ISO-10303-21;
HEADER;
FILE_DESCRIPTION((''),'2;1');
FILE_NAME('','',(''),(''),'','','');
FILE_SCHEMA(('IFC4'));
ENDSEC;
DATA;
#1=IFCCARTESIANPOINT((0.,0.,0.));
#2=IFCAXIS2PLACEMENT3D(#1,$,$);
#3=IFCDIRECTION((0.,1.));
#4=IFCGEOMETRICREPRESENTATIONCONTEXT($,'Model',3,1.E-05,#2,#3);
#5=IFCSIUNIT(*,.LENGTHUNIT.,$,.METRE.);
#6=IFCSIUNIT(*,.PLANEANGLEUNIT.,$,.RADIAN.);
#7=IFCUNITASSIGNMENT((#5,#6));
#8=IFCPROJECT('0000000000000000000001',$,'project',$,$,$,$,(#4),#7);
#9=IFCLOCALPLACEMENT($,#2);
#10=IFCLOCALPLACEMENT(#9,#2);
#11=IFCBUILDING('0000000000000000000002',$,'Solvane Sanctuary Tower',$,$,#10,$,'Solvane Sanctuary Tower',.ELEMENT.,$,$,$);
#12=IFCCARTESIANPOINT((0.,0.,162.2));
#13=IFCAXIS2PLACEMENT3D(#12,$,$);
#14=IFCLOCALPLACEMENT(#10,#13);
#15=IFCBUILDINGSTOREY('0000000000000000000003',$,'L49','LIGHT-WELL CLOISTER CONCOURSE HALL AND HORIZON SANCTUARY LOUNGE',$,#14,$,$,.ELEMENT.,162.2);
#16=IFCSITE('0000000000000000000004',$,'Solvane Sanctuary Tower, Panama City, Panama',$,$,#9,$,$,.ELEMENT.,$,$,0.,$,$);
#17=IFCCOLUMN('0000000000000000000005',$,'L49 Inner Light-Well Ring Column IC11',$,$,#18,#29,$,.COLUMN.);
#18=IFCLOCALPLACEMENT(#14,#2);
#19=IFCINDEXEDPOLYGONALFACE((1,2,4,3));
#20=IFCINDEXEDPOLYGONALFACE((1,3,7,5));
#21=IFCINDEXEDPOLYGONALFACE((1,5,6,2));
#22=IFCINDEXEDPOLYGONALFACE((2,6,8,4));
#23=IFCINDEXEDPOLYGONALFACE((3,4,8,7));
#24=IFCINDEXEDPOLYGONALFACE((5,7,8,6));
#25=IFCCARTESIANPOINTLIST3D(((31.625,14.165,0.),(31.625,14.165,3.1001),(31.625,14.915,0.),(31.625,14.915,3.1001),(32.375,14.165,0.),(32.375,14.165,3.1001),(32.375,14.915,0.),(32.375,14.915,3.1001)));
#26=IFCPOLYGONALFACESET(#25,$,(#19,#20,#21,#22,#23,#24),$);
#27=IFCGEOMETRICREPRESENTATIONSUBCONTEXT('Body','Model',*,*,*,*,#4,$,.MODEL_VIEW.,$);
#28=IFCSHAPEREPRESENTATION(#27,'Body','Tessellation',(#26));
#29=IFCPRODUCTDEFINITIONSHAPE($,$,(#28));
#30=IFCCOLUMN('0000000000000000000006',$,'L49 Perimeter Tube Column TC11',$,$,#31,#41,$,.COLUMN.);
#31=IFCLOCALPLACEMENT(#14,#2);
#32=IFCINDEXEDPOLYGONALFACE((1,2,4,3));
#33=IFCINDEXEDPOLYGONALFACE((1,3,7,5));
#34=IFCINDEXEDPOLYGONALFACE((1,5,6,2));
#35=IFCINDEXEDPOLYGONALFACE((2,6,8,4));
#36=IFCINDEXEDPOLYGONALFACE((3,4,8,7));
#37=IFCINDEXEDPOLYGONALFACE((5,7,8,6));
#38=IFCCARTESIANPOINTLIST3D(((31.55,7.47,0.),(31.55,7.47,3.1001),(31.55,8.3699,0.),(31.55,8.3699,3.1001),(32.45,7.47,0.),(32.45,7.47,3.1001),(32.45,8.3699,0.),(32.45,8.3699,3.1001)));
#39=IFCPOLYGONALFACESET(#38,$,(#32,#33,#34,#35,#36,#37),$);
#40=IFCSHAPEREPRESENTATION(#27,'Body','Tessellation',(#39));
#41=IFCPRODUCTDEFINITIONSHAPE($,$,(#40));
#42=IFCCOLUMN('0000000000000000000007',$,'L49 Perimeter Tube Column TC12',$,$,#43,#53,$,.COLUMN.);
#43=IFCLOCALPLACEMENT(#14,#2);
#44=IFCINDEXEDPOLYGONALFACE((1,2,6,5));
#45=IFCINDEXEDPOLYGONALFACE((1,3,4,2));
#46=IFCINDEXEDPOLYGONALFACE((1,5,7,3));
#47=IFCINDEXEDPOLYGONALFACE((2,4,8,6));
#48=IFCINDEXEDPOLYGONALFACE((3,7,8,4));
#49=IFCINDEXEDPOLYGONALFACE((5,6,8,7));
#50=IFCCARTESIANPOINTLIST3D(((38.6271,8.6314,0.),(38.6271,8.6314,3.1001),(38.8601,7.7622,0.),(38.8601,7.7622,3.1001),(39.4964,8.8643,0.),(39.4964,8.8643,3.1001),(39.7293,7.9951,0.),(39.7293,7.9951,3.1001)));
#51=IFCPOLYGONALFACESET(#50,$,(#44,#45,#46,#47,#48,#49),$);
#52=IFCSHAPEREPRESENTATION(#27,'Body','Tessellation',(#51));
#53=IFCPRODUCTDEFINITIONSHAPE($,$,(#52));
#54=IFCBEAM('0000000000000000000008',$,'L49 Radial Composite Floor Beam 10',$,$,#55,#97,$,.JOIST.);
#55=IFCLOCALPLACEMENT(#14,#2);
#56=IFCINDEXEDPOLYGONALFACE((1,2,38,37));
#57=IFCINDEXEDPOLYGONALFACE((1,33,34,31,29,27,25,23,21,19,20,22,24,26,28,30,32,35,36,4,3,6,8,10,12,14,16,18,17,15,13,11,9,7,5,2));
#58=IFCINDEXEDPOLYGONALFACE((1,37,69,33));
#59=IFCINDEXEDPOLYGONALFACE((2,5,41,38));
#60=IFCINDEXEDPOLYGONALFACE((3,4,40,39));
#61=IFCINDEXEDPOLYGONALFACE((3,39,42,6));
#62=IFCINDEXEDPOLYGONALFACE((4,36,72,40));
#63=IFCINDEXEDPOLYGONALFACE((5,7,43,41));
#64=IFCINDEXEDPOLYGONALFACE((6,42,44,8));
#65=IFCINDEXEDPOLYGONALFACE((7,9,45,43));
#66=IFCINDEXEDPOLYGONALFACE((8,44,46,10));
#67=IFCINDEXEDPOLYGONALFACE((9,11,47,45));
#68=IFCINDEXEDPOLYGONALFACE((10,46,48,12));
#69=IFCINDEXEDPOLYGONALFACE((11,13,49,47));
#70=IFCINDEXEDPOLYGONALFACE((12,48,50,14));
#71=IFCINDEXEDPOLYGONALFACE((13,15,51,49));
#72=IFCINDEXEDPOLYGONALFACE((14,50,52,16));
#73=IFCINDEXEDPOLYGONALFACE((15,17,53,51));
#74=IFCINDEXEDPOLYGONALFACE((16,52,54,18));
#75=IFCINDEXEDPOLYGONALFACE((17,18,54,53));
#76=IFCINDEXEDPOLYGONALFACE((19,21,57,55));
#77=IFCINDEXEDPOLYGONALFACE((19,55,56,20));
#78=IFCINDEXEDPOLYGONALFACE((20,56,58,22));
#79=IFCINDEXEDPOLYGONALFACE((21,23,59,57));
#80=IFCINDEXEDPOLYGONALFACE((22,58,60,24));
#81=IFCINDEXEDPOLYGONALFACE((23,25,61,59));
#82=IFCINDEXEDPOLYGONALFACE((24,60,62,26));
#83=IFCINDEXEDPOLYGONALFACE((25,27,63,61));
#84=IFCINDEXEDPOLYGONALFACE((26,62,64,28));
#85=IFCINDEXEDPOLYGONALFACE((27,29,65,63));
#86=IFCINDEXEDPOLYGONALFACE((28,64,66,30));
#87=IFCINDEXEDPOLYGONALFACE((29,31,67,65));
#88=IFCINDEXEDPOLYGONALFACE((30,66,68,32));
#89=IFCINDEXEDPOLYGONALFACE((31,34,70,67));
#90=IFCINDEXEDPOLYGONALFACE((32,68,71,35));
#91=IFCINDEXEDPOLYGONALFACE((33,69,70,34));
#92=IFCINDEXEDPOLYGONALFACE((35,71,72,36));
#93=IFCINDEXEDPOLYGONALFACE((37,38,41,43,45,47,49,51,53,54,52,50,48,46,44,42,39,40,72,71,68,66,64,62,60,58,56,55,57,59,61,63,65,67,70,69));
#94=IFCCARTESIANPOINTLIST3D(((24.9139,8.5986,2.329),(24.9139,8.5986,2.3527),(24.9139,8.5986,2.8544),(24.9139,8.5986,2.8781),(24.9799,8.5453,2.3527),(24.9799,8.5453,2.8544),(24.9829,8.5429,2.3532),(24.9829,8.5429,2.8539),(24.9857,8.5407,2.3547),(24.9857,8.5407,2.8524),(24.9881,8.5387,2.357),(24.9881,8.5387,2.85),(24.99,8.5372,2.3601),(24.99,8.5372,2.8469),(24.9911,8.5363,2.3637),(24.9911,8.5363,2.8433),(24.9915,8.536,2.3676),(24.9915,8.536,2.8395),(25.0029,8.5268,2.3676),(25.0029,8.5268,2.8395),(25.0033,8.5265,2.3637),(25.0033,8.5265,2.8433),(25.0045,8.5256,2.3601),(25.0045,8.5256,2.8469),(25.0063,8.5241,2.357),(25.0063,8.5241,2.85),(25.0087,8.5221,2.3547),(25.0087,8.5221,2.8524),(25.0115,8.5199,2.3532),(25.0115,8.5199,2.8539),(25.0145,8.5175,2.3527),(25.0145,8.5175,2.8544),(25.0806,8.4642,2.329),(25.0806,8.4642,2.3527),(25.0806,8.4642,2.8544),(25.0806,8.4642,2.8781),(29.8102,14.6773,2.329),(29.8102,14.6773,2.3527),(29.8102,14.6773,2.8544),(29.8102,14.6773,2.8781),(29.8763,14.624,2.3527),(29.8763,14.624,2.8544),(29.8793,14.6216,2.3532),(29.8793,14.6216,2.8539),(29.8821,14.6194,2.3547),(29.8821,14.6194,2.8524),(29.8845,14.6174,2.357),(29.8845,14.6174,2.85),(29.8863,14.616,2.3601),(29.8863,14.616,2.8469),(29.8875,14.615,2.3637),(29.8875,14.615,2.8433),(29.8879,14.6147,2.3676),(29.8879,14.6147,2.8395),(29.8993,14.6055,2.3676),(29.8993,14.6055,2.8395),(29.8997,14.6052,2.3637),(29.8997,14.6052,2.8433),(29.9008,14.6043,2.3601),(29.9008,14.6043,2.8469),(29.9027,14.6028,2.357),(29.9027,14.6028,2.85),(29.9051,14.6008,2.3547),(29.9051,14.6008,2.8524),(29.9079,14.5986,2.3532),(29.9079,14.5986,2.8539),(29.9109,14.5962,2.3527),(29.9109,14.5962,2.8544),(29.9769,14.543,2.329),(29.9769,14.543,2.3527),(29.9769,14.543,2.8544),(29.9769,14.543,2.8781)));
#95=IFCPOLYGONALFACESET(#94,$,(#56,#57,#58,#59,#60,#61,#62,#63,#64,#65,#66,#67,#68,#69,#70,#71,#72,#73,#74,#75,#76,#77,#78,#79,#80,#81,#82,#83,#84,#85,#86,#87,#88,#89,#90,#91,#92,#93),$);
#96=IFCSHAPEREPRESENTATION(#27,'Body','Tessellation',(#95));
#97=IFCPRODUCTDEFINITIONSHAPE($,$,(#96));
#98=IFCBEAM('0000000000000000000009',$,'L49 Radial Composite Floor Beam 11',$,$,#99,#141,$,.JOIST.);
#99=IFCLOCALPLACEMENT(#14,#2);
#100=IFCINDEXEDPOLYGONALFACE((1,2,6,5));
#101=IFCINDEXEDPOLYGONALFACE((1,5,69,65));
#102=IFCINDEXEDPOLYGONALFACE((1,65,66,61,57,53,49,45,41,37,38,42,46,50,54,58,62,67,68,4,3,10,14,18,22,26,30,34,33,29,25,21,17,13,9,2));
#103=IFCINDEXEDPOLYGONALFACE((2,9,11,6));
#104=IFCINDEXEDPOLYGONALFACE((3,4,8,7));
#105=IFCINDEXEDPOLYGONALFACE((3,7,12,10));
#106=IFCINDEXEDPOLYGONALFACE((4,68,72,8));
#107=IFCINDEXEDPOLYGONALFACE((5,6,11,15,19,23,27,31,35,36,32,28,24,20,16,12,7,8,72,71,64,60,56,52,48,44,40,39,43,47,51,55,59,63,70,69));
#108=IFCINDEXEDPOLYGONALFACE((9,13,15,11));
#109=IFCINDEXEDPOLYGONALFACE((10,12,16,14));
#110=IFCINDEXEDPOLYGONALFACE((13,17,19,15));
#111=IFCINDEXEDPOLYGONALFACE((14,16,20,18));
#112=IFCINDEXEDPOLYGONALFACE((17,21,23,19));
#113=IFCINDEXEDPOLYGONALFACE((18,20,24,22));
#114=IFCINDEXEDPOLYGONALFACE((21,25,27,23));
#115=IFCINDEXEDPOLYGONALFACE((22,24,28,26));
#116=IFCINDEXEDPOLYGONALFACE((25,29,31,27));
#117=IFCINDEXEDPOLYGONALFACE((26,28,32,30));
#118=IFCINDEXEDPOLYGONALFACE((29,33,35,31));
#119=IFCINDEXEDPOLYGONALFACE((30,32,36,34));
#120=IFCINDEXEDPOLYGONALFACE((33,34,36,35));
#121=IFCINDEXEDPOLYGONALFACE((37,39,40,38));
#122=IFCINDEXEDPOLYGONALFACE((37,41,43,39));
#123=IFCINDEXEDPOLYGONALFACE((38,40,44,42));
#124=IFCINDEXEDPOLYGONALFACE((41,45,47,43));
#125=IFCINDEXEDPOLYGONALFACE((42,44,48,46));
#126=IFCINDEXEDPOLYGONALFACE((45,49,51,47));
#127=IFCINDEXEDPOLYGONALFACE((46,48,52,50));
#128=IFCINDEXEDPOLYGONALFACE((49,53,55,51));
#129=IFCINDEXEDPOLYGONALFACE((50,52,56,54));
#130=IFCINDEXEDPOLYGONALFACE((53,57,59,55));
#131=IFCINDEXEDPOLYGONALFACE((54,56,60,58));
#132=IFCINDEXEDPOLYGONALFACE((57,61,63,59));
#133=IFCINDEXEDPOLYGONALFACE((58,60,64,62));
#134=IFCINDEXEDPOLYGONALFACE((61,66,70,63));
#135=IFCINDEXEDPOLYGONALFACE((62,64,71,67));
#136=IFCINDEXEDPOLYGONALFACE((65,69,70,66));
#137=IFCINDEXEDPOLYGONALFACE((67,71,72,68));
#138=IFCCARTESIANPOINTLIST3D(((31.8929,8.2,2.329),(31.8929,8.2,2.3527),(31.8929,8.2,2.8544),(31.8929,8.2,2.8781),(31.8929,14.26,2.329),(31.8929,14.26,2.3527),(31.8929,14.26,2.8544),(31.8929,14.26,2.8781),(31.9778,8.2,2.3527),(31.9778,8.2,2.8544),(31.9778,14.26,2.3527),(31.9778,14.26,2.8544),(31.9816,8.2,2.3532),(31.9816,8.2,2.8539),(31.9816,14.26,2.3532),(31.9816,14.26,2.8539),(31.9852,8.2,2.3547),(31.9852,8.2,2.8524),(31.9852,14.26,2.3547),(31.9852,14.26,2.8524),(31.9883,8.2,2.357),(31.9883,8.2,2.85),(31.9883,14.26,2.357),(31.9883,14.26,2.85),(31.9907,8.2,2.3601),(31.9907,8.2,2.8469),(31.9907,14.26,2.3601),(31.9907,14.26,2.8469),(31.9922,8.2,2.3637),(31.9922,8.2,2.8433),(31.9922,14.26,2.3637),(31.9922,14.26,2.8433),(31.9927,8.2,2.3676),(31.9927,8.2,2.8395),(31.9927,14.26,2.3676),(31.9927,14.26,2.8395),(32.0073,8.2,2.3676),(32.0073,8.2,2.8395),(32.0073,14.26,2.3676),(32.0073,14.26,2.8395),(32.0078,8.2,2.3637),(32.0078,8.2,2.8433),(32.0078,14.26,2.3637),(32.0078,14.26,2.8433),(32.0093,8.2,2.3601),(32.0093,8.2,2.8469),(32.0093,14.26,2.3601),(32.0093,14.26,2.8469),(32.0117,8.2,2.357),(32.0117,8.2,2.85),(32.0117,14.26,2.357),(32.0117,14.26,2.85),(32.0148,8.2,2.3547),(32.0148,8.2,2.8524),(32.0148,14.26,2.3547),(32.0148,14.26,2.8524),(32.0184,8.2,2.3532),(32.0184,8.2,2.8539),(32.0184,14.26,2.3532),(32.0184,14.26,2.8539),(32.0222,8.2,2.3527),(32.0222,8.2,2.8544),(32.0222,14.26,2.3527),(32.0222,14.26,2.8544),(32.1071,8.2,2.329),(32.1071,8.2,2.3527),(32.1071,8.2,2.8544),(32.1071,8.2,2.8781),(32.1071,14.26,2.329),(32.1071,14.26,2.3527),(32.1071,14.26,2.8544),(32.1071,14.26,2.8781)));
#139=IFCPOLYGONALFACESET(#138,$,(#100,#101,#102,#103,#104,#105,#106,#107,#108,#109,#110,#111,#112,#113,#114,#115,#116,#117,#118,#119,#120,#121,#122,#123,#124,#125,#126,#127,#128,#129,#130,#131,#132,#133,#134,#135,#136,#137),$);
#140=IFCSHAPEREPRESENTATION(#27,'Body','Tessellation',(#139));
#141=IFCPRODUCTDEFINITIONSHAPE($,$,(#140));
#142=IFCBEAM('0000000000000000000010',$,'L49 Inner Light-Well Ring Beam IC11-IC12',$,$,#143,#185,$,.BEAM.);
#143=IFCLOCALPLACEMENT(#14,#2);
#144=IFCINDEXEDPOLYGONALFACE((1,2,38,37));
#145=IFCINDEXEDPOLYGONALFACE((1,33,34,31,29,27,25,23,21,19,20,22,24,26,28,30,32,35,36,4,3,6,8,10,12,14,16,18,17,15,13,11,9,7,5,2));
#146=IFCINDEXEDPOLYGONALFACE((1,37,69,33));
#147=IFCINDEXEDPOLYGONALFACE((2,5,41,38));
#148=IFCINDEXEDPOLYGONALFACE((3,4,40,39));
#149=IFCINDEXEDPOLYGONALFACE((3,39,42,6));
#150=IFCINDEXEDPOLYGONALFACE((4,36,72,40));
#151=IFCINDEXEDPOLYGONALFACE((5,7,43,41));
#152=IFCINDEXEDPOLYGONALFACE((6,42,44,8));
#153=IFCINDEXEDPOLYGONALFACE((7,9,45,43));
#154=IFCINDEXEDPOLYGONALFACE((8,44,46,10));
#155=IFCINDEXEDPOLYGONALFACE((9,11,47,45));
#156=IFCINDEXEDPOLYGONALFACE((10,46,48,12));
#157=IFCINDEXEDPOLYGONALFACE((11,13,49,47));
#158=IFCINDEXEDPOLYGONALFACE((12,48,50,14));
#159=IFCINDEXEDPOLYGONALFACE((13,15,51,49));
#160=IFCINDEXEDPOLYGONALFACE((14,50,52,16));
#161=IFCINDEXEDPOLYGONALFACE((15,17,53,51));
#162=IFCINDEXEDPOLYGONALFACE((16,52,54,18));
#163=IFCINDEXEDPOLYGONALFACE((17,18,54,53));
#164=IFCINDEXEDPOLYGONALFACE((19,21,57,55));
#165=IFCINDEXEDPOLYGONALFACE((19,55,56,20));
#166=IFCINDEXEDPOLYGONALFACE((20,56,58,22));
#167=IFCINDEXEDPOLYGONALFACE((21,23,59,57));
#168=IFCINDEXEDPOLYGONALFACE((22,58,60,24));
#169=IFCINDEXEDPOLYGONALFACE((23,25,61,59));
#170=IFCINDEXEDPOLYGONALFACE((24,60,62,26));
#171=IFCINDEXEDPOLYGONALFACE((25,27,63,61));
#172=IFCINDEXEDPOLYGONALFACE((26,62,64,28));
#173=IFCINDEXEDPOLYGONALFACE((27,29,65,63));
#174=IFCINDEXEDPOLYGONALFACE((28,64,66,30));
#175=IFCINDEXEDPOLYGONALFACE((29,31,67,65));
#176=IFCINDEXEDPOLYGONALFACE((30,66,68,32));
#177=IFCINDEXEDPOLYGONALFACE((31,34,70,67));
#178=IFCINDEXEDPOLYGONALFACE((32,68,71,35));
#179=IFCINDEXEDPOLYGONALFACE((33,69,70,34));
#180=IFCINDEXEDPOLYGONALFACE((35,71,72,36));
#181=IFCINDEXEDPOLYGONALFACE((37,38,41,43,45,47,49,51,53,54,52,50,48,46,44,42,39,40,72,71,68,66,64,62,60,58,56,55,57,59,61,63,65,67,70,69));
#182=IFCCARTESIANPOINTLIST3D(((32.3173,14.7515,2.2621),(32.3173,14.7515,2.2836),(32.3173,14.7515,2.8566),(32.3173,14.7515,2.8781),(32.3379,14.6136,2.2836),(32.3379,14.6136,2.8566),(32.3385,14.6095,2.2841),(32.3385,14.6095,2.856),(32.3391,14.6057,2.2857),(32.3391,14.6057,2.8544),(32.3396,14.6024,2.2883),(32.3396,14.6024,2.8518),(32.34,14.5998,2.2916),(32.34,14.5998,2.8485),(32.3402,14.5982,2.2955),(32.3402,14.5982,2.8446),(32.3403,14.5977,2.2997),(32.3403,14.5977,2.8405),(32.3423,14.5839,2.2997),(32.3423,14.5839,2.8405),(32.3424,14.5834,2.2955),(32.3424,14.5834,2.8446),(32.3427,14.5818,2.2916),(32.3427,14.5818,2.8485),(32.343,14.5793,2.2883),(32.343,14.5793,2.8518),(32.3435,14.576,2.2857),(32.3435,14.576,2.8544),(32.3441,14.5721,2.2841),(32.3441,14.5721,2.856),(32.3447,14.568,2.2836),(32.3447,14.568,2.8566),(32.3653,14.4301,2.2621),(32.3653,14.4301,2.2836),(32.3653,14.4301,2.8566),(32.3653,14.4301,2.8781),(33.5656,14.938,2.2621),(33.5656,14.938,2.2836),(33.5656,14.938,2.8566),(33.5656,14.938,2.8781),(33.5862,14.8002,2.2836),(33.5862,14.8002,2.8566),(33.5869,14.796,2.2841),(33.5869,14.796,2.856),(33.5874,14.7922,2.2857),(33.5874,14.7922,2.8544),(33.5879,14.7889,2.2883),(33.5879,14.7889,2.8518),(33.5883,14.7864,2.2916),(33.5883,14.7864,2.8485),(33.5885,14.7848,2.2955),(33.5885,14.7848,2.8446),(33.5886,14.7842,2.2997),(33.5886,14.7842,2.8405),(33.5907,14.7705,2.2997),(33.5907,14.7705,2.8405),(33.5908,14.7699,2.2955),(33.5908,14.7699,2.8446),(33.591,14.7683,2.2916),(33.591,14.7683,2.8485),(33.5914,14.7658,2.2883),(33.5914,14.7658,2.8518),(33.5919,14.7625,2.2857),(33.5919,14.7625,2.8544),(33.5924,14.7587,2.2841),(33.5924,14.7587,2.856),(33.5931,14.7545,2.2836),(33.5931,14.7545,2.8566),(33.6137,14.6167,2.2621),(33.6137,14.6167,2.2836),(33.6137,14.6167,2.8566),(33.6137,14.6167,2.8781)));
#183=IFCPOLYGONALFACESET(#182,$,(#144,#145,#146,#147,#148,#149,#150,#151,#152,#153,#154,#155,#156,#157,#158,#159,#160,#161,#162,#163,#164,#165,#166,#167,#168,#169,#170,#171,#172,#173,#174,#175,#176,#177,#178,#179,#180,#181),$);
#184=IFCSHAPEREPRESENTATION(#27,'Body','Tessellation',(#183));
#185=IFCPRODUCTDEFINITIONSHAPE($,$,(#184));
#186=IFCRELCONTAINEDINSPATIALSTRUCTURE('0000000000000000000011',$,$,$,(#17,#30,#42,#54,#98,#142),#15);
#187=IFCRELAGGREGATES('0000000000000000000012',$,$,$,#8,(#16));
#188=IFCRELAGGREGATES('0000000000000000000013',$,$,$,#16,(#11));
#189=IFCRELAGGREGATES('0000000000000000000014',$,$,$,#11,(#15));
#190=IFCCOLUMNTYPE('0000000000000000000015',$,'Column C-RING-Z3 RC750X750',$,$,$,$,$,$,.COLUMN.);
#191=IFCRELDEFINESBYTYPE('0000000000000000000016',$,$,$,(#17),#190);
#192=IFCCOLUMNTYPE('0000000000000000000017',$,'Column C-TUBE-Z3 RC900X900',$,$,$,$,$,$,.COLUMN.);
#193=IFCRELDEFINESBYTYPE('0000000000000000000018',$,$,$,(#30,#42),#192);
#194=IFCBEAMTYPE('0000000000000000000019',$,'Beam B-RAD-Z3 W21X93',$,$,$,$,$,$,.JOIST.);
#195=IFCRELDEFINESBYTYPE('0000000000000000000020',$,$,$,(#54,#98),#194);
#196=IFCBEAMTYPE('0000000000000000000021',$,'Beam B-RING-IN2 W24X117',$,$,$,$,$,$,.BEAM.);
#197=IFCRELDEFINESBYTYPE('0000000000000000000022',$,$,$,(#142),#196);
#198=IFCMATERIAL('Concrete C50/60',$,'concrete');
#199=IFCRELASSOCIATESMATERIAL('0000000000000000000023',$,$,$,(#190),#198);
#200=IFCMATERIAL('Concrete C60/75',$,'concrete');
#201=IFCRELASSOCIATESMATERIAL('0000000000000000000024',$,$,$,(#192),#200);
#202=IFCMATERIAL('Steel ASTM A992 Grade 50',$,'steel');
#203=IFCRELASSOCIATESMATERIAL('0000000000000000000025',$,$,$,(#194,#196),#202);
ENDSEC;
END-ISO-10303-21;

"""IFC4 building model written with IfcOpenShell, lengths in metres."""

from ifc_helpers import new_model, si_unit, direction, frame, origin, origin_2d, place, context, subcontext, project, spatial, rectangle, i_section, extrude, material, material_profile, profile_set, type_object, element, save


model = new_model("IFC4")

# Units and contexts
model_context = context("Model", 3, precision=1e-05, world=origin(), true_north=direction((0.0, 1.0)))
body_context = subcontext(model_context, "Body", "Model", "MODEL_VIEW")
ifc_project = project(units=[si_unit("LENGTHUNIT", "METRE"), si_unit("PLANEANGLEUNIT", "RADIAN")], contexts=[model_context])

# Site, building, storey
site_placement = place(None, origin())
site = spatial("IfcSite", under=ifc_project, at=site_placement, Name="Solvane Sanctuary Tower, Panama City, Panama", CompositionType="ELEMENT", RefElevation=0.0)
building_placement = place(site_placement, origin())
building = spatial("IfcBuilding", under=site, at=building_placement, Name="Solvane Sanctuary Tower", LongName="Solvane Sanctuary Tower", CompositionType="ELEMENT")
storey_placement = place(building_placement, frame((0.0, 0.0, 162.2)))
storey = spatial("IfcBuildingStorey", under=building, at=storey_placement, Name="L49", Description="LIGHT-WELL CLOISTER CONCOURSE HALL AND HORIZON SANCTUARY LOUNGE", CompositionType="ELEMENT", Elevation=162.2)

# Columns
ifc_material_1 = material(Name="Concrete C50/60", Category="concrete")
ifc_material_profile_1 = material_profile(ifc_material_1, rectangle(XDim=0.75, YDim=0.75, at=origin_2d()), Name="RC750X750")
ifc_profile_set_1 = profile_set([ifc_material_profile_1], Name="Concrete C50/60")
column_type_1 = type_object("IfcColumnType", Name="Column C-RING-Z3 RC750X750", PredefinedType="COLUMN", material=ifc_profile_set_1)
column_placement = place(storey_placement, frame((32.0, 14.54, 0.0), z_axis=(0.0, 0.0, 1.0), x_axis=(1.0, 0.0, 0.0)))
element("IfcColumn", 1, at=column_placement, inside=storey, type_object=column_type_1, Name="L49 Inner Light-Well Ring Column IC11", PredefinedType="COLUMN", context=body_context, shape_type="SweptSolid", body=[
    extrude(rectangle(XDim=0.75, YDim=0.75, at=origin_2d()), origin(), (0.0, 0.0, 1.0), 3.1001),
])
ifc_material_2 = material(Name="Concrete C60/75", Category="concrete")
ifc_material_profile_2 = material_profile(ifc_material_2, rectangle(XDim=0.8999, YDim=0.8999, at=origin_2d()), Name="RC900X900")
ifc_profile_set_2 = profile_set([ifc_material_profile_2], Name="Concrete C60/75")
column_type_2 = type_object("IfcColumnType", Name="Column C-TUBE-Z3 RC900X900", PredefinedType="COLUMN", material=ifc_profile_set_2)
for number, where, z_axis, x_axis, name in (
    (2, (32.0, 7.9199, 0.0), (0.0, 0.0, 1.0), (0.0, -1.0, 0.0), "L49 Perimeter Tube Column TC11"),
    (3, (39.1782, 8.3132, 0.0), (0.0, 0.0, 1.0), (0.258819, -0.965926, 0.0), "L49 Perimeter Tube Column TC12"),
):
    element("IfcColumn", number, at=place(storey_placement, frame(where, z_axis=z_axis, x_axis=x_axis)), inside=storey, type_object=column_type_2, Name=name, PredefinedType="COLUMN", context=body_context, shape_type="SweptSolid", body=[
        extrude(rectangle(XDim=0.8999, YDim=0.8999, at=origin_2d()), origin(), (0.0, 0.0, 1.0), 3.1001),
    ])

# Beams
ifc_material_3 = material(Name="Steel ASTM A992 Grade 50", Category="steel")
ifc_material_profile_3 = material_profile(ifc_material_3, i_section(OverallWidth=0.2141, OverallDepth=0.5491, WebThickness=0.0146, FlangeThickness=0.0237, FilletRadius=0.0149, at=origin_2d()), Name="W21X93")
ifc_profile_set_3 = profile_set([ifc_material_profile_3], Name="Steel ASTM A992 Grade 50")
beam_type_1 = type_object("IfcBeamType", Name="Beam B-RAD-Z3 W21X93", PredefinedType="JOIST", material=ifc_profile_set_3)
beam_1_placement = place(storey_placement, frame((29.8936, 14.6101, 2.6035), z_axis=(-0.627297, -0.77878, 0.0), x_axis=(0.77878, -0.627297, 0.0)))
element("IfcBeam", 4, at=beam_1_placement, inside=storey, type_object=beam_type_1, Name="L49 Radial Composite Floor Beam 10", PredefinedType="JOIST", context=body_context, shape_type="SweptSolid", body=[
    extrude(i_section(OverallWidth=0.2141, OverallDepth=0.5491, WebThickness=0.0146, FlangeThickness=0.0237, FilletRadius=0.0149, at=origin_2d()), origin(), (0.0, 0.0, 1.0), 7.8054),
])
beam_2_placement = place(storey_placement, frame((32.0, 14.26, 2.6035), z_axis=(0.0, -1.0, 0.0), x_axis=(1.0, 0.0, 0.0)))
element("IfcBeam", 5, at=beam_2_placement, inside=storey, type_object=beam_type_1, Name="L49 Radial Composite Floor Beam 11", PredefinedType="JOIST", context=body_context, shape_type="SweptSolid", body=[
    extrude(i_section(OverallWidth=0.2141, OverallDepth=0.5491, WebThickness=0.0146, FlangeThickness=0.0237, FilletRadius=0.0149, at=origin_2d()), origin(), (0.0, 0.0, 1.0), 6.0601),
])
ifc_material_profile_4 = material_profile(ifc_material_3, i_section(OverallWidth=0.325, OverallDepth=0.616, WebThickness=0.0139, FlangeThickness=0.0215, FilletRadius=0.0161, at=origin_2d()), Name="W24X117")
ifc_profile_set_4 = profile_set([ifc_material_profile_4], Name="Steel ASTM A992 Grade 50")
beam_type_2 = type_object("IfcBeamType", Name="Beam B-RING-IN2 W24X117", PredefinedType="BEAM", material=ifc_profile_set_4)
beam_3_placement = place(storey_placement, frame((32.3413, 14.5908, 2.5701), z_axis=(0.98902, 0.147782, 0.0), x_axis=(-0.147782, 0.98902, 0.0)))
element("IfcBeam", 6, at=beam_3_placement, inside=storey, type_object=beam_type_2, Name="L49 Inner Light-Well Ring Beam IC11-IC12", PredefinedType="BEAM", context=body_context, shape_type="SweptSolid", body=[
    extrude(i_section(OverallWidth=0.325, OverallDepth=0.616, WebThickness=0.0139, FlangeThickness=0.0215, FilletRadius=0.0161, at=origin_2d()), origin(), (0.0, 0.0, 1.0), 1.2622),
])

save(model, "model.ifc")
